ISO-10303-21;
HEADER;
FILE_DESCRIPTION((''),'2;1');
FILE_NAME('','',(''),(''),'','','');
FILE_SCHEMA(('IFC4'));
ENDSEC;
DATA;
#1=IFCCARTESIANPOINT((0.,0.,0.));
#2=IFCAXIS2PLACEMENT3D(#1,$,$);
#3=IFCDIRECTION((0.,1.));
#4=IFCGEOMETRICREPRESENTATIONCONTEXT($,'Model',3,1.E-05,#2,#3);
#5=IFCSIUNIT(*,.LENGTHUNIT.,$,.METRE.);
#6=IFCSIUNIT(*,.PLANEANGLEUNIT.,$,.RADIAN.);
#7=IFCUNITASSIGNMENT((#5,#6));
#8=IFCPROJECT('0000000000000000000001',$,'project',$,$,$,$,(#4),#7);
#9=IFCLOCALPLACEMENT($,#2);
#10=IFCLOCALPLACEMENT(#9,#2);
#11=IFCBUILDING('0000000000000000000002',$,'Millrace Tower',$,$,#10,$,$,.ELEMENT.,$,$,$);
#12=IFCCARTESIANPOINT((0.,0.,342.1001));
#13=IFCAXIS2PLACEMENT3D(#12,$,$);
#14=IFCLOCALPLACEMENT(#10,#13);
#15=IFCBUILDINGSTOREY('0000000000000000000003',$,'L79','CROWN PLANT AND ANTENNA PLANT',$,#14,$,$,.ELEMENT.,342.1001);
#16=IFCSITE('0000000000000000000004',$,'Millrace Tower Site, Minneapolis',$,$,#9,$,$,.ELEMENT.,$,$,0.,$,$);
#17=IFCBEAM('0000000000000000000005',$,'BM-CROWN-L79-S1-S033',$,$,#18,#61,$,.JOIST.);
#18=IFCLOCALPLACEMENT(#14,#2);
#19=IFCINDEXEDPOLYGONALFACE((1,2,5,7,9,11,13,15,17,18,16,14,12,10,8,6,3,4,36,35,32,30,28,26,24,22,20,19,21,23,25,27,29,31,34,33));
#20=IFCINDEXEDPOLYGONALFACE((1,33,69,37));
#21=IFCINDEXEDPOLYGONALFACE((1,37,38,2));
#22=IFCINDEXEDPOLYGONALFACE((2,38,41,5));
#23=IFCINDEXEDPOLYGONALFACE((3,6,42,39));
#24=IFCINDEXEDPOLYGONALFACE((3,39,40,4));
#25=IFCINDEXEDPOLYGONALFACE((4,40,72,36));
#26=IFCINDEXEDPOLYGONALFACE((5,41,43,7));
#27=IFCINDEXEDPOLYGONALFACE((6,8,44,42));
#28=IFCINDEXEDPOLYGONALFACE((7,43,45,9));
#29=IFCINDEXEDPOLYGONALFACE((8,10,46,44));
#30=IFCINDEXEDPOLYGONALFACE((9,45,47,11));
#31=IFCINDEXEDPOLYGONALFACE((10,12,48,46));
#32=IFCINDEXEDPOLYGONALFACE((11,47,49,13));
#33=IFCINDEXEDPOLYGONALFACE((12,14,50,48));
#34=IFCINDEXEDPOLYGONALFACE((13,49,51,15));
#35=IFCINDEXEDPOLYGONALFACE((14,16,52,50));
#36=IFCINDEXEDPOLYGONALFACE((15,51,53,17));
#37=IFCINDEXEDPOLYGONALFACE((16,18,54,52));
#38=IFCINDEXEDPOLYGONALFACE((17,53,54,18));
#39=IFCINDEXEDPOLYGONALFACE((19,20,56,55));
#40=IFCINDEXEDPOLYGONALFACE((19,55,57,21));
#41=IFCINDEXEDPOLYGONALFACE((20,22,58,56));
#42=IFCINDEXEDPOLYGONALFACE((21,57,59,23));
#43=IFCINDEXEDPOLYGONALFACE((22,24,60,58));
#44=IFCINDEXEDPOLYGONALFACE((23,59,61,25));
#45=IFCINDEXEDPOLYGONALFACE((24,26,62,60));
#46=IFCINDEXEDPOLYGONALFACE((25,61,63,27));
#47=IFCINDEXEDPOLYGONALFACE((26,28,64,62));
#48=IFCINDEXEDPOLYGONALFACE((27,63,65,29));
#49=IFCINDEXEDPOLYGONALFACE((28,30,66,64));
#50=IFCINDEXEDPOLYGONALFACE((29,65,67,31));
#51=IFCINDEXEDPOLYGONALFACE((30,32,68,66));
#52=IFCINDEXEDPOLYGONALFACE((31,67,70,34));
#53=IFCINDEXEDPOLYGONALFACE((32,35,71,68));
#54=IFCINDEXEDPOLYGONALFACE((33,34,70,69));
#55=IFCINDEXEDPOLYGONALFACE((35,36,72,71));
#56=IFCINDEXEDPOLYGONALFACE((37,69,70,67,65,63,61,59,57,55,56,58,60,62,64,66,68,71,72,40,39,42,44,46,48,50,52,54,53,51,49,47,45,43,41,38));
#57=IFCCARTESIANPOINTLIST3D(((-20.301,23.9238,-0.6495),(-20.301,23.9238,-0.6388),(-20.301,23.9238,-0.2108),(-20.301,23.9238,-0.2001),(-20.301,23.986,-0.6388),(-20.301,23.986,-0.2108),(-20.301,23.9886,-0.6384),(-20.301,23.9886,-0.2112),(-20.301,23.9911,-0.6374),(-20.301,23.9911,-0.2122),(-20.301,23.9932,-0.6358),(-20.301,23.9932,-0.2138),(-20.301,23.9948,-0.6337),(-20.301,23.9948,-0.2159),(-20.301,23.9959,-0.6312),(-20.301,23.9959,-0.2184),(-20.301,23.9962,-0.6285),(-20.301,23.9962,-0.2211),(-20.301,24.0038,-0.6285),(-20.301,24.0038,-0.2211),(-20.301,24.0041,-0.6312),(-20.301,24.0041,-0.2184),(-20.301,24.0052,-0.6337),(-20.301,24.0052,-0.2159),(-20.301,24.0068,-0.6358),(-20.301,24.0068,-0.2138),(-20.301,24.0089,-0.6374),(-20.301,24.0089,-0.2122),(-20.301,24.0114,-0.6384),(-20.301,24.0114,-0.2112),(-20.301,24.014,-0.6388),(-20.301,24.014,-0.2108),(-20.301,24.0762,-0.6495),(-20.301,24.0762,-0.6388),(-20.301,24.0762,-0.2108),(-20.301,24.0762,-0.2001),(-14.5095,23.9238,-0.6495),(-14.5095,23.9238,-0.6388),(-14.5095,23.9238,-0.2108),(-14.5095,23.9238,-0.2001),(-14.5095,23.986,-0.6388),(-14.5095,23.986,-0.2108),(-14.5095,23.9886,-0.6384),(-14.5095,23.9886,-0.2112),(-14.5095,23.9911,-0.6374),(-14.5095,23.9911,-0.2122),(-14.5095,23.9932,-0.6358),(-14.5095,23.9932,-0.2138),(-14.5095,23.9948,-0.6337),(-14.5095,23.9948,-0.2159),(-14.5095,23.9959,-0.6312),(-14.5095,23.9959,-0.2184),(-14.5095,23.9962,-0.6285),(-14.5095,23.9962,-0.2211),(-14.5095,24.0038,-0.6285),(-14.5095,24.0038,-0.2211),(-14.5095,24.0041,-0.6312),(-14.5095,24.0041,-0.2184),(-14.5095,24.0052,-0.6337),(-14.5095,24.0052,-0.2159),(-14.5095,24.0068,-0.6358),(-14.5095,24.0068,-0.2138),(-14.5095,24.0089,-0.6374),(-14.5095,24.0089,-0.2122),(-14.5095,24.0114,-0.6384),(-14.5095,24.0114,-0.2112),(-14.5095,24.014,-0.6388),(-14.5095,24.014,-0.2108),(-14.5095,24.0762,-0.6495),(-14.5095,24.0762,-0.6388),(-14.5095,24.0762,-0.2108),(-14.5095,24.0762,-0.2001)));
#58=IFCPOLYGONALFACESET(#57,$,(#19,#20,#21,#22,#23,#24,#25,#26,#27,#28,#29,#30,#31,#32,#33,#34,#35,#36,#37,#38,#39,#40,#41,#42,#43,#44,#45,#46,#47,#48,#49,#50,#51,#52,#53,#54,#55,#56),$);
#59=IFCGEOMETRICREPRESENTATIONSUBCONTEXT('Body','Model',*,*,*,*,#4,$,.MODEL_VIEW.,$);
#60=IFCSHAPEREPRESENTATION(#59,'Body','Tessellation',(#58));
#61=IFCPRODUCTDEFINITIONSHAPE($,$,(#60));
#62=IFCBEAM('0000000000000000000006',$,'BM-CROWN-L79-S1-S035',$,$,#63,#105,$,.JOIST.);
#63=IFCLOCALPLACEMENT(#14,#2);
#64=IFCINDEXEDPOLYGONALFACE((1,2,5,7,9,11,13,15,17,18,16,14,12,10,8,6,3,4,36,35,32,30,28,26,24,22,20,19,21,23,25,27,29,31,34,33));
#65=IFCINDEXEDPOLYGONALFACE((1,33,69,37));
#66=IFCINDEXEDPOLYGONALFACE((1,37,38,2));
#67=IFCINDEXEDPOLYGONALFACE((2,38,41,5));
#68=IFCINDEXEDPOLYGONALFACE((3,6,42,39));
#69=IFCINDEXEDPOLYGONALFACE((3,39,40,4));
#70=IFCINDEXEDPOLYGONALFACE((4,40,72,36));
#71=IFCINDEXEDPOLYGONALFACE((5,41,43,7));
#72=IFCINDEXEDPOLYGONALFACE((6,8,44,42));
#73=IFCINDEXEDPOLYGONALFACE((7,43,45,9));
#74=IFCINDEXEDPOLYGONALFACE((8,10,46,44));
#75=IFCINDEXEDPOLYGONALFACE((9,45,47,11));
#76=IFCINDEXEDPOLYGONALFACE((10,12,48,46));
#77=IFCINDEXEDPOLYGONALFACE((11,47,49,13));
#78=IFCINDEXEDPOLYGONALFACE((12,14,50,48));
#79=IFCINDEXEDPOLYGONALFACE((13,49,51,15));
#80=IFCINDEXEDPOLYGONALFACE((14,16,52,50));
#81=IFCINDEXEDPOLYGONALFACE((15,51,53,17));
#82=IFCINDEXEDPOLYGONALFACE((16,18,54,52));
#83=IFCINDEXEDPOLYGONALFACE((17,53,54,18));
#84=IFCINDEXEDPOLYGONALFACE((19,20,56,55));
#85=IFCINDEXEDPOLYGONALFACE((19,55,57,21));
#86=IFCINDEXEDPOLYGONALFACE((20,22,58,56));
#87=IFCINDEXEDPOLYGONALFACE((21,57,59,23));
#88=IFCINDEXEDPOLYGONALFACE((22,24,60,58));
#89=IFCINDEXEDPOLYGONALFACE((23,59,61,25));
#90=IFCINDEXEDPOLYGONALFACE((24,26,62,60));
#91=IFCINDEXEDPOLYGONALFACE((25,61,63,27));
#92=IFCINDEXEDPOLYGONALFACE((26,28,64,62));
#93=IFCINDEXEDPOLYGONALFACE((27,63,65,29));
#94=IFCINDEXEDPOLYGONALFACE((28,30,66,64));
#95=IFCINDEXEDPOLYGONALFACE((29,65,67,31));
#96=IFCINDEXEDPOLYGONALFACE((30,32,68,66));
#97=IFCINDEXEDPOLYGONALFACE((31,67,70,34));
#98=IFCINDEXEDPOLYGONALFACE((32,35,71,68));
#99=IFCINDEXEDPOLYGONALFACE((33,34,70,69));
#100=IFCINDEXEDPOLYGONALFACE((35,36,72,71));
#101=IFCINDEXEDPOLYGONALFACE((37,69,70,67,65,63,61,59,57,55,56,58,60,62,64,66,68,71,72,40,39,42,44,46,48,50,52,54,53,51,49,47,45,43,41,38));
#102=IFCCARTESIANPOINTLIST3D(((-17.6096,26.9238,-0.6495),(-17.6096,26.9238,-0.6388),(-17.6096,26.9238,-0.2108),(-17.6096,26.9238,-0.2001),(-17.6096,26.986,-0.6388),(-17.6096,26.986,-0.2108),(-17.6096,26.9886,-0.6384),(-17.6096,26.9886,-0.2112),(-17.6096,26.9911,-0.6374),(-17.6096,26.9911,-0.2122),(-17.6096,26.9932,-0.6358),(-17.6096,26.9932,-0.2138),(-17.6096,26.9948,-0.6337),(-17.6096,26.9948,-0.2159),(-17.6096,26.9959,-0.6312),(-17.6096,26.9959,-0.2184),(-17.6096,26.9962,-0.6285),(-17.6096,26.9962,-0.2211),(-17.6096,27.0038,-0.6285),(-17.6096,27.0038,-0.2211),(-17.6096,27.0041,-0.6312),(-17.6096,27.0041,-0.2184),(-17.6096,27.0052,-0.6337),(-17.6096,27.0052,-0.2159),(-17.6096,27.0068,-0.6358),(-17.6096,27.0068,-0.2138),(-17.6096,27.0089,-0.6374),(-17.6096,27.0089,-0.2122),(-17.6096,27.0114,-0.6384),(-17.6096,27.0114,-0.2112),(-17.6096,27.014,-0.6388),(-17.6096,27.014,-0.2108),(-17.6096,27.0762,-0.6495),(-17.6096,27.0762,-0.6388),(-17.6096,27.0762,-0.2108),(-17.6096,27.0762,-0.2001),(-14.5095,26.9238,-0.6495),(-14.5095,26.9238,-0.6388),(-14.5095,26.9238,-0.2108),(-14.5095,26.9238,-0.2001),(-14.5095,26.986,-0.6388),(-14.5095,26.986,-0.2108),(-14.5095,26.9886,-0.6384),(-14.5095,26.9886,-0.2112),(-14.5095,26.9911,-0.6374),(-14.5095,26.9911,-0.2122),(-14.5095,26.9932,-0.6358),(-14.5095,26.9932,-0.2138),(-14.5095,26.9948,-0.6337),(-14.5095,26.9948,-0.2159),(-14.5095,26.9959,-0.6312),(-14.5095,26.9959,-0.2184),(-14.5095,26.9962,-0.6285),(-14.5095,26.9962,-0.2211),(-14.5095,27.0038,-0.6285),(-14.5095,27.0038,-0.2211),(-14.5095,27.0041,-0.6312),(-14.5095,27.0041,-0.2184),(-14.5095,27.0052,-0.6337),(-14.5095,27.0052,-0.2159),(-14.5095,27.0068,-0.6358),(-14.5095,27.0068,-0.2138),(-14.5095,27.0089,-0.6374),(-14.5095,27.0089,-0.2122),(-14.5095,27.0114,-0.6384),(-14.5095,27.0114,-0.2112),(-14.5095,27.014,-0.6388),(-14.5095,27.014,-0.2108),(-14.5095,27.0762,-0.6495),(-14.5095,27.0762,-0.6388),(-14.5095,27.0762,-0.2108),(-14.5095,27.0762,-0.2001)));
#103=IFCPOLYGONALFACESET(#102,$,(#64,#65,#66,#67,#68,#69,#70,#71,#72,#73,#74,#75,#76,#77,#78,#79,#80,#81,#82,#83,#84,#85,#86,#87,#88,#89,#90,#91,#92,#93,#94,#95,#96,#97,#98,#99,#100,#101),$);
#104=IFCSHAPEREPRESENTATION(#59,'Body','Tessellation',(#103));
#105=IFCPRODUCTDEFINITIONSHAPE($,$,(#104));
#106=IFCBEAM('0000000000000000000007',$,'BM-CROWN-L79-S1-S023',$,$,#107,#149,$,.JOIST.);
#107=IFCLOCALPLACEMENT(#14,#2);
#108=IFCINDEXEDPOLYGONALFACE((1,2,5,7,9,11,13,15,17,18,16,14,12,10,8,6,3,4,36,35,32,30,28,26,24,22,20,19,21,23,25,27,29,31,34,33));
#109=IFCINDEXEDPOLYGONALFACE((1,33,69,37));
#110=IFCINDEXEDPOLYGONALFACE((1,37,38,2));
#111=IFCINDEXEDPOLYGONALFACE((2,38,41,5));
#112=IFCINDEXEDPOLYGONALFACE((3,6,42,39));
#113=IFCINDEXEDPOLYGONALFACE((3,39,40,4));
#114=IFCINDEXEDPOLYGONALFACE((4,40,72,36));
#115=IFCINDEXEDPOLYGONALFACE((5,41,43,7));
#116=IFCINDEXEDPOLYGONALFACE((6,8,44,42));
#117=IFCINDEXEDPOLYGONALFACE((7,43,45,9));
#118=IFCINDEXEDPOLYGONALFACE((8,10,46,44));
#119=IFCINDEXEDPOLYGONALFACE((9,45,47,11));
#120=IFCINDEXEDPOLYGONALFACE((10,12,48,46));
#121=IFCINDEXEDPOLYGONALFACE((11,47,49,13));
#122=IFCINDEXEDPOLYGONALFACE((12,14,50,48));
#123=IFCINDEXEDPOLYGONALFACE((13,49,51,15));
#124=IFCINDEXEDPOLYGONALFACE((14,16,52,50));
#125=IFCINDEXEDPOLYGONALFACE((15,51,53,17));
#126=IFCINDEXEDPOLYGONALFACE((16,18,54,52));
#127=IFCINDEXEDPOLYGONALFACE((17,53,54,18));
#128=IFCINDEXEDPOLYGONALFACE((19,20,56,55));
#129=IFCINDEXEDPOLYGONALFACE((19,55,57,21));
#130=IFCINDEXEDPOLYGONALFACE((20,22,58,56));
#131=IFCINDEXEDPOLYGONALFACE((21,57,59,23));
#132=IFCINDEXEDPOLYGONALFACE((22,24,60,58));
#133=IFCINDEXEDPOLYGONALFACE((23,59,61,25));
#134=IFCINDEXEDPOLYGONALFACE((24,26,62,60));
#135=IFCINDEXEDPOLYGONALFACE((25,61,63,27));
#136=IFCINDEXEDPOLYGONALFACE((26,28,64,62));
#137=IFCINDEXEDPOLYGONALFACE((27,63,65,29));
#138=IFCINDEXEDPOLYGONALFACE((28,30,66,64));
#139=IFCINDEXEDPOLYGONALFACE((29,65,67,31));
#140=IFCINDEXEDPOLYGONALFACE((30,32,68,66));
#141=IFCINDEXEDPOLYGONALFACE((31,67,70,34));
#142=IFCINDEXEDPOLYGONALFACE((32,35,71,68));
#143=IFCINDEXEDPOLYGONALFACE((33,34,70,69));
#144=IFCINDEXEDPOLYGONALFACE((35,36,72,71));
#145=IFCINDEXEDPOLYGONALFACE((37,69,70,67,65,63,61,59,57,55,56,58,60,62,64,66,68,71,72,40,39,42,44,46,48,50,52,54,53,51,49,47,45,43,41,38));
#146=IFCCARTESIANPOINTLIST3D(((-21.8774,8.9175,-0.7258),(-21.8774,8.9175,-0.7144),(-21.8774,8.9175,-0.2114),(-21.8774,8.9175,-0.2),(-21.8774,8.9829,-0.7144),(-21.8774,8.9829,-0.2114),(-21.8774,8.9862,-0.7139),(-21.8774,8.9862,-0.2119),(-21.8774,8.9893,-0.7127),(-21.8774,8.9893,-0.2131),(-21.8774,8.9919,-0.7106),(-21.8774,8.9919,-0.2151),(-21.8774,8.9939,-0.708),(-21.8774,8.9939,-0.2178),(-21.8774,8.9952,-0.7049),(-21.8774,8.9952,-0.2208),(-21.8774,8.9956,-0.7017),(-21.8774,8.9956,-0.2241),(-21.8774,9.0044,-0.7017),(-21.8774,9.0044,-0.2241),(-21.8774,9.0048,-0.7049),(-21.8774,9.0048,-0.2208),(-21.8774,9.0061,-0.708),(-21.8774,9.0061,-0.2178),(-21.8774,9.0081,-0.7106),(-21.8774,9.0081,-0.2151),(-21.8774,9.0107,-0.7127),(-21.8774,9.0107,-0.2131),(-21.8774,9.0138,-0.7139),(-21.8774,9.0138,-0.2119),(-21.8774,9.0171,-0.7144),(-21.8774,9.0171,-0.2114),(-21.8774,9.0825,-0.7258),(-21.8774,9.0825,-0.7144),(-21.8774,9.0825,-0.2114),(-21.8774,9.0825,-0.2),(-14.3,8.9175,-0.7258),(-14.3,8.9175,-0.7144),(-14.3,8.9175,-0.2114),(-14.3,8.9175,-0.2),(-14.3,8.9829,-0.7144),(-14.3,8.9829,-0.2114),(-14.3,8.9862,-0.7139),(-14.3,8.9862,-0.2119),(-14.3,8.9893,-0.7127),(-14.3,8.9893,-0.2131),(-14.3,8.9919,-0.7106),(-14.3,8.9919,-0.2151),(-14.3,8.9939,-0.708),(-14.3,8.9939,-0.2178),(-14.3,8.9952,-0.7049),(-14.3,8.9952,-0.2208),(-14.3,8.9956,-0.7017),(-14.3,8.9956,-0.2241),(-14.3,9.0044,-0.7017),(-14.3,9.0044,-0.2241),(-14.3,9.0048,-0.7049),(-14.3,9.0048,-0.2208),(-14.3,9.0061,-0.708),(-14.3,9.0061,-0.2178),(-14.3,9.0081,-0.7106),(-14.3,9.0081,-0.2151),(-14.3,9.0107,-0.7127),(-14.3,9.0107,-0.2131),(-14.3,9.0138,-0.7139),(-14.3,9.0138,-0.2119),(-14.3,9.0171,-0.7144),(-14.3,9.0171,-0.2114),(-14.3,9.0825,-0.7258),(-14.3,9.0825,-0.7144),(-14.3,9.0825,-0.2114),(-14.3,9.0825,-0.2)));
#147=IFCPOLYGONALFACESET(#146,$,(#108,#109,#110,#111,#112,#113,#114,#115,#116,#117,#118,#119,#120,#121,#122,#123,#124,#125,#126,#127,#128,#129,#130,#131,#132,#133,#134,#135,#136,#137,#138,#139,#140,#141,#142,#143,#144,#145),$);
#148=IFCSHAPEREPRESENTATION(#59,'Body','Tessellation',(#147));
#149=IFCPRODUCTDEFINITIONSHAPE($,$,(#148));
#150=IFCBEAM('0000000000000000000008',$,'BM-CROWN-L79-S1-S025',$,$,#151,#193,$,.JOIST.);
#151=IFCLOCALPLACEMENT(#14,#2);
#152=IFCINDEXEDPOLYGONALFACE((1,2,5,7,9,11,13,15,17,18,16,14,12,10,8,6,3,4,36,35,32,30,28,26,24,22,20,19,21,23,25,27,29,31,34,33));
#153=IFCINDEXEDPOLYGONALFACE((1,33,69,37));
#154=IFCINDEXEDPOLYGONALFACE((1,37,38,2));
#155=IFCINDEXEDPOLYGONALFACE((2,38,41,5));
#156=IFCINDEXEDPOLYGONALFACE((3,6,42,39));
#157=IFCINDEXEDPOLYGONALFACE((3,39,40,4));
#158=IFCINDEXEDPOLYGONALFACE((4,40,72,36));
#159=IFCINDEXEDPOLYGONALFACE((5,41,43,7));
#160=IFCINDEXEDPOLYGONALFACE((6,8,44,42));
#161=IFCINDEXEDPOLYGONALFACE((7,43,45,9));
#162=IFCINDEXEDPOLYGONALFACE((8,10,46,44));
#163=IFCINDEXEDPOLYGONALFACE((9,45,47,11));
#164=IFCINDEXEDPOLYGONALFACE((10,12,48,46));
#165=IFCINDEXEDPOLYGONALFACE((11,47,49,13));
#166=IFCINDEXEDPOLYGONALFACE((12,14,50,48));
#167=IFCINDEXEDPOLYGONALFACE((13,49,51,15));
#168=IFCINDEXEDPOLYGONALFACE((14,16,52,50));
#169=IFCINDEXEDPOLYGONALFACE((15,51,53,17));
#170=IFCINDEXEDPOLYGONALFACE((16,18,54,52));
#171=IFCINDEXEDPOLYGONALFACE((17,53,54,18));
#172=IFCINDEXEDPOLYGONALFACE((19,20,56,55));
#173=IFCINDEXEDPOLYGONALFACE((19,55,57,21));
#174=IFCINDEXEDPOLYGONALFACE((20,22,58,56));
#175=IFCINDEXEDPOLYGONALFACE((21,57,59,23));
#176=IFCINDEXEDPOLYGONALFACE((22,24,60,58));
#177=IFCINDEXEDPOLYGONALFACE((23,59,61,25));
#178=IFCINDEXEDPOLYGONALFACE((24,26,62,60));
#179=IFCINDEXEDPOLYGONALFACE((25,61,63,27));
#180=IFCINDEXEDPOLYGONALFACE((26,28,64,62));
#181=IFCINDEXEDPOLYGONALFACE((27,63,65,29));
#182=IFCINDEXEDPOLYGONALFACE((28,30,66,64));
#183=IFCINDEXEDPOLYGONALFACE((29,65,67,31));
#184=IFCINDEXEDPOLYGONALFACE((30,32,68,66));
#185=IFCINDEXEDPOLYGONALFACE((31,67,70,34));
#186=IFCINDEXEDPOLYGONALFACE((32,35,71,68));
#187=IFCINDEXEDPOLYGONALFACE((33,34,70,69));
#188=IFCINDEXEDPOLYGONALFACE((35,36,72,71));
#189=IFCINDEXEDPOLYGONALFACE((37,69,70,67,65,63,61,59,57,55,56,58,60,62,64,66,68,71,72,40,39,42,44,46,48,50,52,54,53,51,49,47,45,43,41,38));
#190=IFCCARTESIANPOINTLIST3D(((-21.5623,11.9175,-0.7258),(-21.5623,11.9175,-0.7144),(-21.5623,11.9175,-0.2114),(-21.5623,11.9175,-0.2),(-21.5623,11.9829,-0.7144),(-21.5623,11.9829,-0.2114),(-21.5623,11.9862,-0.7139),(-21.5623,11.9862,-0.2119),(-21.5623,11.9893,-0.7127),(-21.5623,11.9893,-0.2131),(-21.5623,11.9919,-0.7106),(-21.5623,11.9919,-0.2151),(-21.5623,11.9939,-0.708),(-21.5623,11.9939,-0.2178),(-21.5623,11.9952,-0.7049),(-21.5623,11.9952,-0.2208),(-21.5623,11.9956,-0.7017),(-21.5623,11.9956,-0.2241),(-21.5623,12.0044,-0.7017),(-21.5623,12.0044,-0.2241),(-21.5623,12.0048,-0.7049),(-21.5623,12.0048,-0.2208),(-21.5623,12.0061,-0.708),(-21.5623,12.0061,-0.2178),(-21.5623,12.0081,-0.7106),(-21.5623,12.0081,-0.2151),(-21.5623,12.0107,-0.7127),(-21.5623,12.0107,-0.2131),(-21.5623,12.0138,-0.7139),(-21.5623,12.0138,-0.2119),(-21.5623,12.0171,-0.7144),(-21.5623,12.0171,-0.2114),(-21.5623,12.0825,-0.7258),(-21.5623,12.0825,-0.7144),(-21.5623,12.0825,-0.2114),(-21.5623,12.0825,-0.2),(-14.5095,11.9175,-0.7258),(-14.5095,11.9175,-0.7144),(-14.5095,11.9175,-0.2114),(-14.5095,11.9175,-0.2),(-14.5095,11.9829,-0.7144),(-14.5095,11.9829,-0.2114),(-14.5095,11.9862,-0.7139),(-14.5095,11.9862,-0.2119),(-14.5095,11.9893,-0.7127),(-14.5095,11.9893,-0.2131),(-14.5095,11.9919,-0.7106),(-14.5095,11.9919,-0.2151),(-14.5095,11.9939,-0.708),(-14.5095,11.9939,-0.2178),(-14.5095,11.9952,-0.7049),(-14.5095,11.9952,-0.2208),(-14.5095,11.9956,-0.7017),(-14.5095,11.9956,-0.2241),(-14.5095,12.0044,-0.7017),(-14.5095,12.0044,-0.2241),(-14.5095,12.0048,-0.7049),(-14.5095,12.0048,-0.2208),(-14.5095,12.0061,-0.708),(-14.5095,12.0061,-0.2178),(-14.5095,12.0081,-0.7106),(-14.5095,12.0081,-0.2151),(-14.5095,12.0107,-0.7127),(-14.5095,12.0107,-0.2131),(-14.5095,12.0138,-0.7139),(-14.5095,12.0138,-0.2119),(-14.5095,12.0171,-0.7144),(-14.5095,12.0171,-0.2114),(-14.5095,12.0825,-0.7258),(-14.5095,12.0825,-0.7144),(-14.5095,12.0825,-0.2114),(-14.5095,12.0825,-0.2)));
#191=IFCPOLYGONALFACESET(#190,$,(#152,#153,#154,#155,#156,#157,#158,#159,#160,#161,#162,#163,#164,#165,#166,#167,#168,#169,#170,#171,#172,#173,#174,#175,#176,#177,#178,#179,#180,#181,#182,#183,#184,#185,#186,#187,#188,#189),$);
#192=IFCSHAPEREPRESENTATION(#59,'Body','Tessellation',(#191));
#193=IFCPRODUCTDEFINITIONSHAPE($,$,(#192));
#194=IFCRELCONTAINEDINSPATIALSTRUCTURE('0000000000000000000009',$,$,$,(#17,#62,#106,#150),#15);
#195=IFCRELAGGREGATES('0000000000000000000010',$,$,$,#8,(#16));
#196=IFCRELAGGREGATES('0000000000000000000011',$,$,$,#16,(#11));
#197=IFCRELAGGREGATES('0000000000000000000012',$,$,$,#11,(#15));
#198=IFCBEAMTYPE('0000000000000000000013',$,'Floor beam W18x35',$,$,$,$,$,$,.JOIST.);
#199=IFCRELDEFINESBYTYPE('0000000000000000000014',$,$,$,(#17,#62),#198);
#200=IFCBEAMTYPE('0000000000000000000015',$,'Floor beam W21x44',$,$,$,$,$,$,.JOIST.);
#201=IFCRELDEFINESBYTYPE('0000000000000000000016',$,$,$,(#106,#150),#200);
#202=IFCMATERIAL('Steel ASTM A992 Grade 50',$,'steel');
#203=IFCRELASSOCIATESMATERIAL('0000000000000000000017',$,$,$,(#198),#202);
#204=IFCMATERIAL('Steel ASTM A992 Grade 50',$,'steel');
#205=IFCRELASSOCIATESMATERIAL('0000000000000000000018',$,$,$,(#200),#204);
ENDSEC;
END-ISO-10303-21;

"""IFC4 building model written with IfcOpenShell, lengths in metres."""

from ifc_helpers import new_model, si_unit, direction, frame, origin, origin_2d, place, context, subcontext, project, spatial, i_section, extrude, material, material_profile, profile_set, type_object, element, save


model = new_model("IFC4")

# Units and contexts
model_context = context("Model", 3, precision=1e-05, world=origin(), true_north=direction((0.0, 1.0)))
body_context = subcontext(model_context, "Body", "Model", "MODEL_VIEW")
ifc_project = project(units=[si_unit("LENGTHUNIT", "METRE"), si_unit("PLANEANGLEUNIT", "RADIAN")], contexts=[model_context])

# Site, building, storey
site_placement = place(None, origin())
site = spatial("IfcSite", under=ifc_project, at=site_placement, Name="Millrace Tower Site, Minneapolis", CompositionType="ELEMENT", RefElevation=0.0)
building_placement = place(site_placement, origin())
building = spatial("IfcBuilding", under=site, at=building_placement, Name="Millrace Tower", CompositionType="ELEMENT")
storey_placement = place(building_placement, frame((0.0, 0.0, 342.1001)))
storey = spatial("IfcBuildingStorey", under=building, at=storey_placement, Name="L79", Description="CROWN PLANT AND ANTENNA PLANT", CompositionType="ELEMENT", Elevation=342.1001)

# Beams
ifc_material_1 = material(Name="Steel ASTM A992 Grade 50", Category="steel")
ifc_material_profile_1 = material_profile(ifc_material_1, i_section(OverallWidth=0.1523, OverallDepth=0.4495, WebThickness=0.0076, FlangeThickness=0.0107, FilletRadius=0.0103, at=origin_2d()))
ifc_profile_set_1 = profile_set([ifc_material_profile_1], Name="Steel ASTM A992 Grade 50")
beam_type_1 = type_object("IfcBeamType", Name="Floor beam W18x35", PredefinedType="JOIST", material=ifc_profile_set_1)
beam_1_placement = place(storey_placement, frame((-20.301, 24.0, -0.4248), z_axis=(1.0, 0.0, 0.0), x_axis=(0.0, 1.0, 0.0)))
element("IfcBeam", 1, at=beam_1_placement, inside=storey, type_object=beam_type_1, Name="BM-CROWN-L79-S1-S033", PredefinedType="JOIST", context=body_context, shape_type="SweptSolid", body=[
    extrude(i_section(OverallWidth=0.1523, OverallDepth=0.4495, WebThickness=0.0076, FlangeThickness=0.0107, FilletRadius=0.0103, at=origin_2d()), origin(), (0.0, 0.0, 1.0), 5.7915),
])
beam_2_placement = place(storey_placement, frame((-17.6096, 27.0, -0.4248), z_axis=(1.0, 0.0, 0.0), x_axis=(0.0, 1.0, 0.0)))
element("IfcBeam", 2, at=beam_2_placement, inside=storey, type_object=beam_type_1, Name="BM-CROWN-L79-S1-S035", PredefinedType="JOIST", context=body_context, shape_type="SweptSolid", body=[
    extrude(i_section(OverallWidth=0.1523, OverallDepth=0.4495, WebThickness=0.0076, FlangeThickness=0.0107, FilletRadius=0.0103, at=origin_2d()), origin(), (0.0, 0.0, 1.0), 3.1001),
])
ifc_material_2 = material(Name="Steel ASTM A992 Grade 50", Category="steel")
ifc_material_profile_2 = material_profile(ifc_material_2, i_section(OverallWidth=0.165, OverallDepth=0.5259, WebThickness=0.0088, FlangeThickness=0.0115, FilletRadius=0.0127, at=origin_2d()))
ifc_profile_set_2 = profile_set([ifc_material_profile_2], Name="Steel ASTM A992 Grade 50")
beam_type_2 = type_object("IfcBeamType", Name="Floor beam W21x44", PredefinedType="JOIST", material=ifc_profile_set_2)
beam_3_placement = place(storey_placement, frame((-21.8774, 9.0, -0.4629), z_axis=(1.0, 0.0, 0.0), x_axis=(0.0, 1.0, 0.0)))
element("IfcBeam", 3, at=beam_3_placement, inside=storey, type_object=beam_type_2, Name="BM-CROWN-L79-S1-S023", PredefinedType="JOIST", context=body_context, shape_type="SweptSolid", body=[
    extrude(i_section(OverallWidth=0.165, OverallDepth=0.5259, WebThickness=0.0088, FlangeThickness=0.0115, FilletRadius=0.0127, at=origin_2d()), origin(), (0.0, 0.0, 1.0), 7.5774),
])
beam_4_placement = place(storey_placement, frame((-21.5623, 12.0, -0.4629), z_axis=(1.0, 0.0, 0.0), x_axis=(0.0, 1.0, 0.0)))
element("IfcBeam", 4, at=beam_4_placement, inside=storey, type_object=beam_type_2, Name="BM-CROWN-L79-S1-S025", PredefinedType="JOIST", context=body_context, shape_type="SweptSolid", body=[
    extrude(i_section(OverallWidth=0.165, OverallDepth=0.5259, WebThickness=0.0088, FlangeThickness=0.0115, FilletRadius=0.0127, at=origin_2d()), origin(), (0.0, 0.0, 1.0), 7.0527),
])

save(model, "model.ifc")
